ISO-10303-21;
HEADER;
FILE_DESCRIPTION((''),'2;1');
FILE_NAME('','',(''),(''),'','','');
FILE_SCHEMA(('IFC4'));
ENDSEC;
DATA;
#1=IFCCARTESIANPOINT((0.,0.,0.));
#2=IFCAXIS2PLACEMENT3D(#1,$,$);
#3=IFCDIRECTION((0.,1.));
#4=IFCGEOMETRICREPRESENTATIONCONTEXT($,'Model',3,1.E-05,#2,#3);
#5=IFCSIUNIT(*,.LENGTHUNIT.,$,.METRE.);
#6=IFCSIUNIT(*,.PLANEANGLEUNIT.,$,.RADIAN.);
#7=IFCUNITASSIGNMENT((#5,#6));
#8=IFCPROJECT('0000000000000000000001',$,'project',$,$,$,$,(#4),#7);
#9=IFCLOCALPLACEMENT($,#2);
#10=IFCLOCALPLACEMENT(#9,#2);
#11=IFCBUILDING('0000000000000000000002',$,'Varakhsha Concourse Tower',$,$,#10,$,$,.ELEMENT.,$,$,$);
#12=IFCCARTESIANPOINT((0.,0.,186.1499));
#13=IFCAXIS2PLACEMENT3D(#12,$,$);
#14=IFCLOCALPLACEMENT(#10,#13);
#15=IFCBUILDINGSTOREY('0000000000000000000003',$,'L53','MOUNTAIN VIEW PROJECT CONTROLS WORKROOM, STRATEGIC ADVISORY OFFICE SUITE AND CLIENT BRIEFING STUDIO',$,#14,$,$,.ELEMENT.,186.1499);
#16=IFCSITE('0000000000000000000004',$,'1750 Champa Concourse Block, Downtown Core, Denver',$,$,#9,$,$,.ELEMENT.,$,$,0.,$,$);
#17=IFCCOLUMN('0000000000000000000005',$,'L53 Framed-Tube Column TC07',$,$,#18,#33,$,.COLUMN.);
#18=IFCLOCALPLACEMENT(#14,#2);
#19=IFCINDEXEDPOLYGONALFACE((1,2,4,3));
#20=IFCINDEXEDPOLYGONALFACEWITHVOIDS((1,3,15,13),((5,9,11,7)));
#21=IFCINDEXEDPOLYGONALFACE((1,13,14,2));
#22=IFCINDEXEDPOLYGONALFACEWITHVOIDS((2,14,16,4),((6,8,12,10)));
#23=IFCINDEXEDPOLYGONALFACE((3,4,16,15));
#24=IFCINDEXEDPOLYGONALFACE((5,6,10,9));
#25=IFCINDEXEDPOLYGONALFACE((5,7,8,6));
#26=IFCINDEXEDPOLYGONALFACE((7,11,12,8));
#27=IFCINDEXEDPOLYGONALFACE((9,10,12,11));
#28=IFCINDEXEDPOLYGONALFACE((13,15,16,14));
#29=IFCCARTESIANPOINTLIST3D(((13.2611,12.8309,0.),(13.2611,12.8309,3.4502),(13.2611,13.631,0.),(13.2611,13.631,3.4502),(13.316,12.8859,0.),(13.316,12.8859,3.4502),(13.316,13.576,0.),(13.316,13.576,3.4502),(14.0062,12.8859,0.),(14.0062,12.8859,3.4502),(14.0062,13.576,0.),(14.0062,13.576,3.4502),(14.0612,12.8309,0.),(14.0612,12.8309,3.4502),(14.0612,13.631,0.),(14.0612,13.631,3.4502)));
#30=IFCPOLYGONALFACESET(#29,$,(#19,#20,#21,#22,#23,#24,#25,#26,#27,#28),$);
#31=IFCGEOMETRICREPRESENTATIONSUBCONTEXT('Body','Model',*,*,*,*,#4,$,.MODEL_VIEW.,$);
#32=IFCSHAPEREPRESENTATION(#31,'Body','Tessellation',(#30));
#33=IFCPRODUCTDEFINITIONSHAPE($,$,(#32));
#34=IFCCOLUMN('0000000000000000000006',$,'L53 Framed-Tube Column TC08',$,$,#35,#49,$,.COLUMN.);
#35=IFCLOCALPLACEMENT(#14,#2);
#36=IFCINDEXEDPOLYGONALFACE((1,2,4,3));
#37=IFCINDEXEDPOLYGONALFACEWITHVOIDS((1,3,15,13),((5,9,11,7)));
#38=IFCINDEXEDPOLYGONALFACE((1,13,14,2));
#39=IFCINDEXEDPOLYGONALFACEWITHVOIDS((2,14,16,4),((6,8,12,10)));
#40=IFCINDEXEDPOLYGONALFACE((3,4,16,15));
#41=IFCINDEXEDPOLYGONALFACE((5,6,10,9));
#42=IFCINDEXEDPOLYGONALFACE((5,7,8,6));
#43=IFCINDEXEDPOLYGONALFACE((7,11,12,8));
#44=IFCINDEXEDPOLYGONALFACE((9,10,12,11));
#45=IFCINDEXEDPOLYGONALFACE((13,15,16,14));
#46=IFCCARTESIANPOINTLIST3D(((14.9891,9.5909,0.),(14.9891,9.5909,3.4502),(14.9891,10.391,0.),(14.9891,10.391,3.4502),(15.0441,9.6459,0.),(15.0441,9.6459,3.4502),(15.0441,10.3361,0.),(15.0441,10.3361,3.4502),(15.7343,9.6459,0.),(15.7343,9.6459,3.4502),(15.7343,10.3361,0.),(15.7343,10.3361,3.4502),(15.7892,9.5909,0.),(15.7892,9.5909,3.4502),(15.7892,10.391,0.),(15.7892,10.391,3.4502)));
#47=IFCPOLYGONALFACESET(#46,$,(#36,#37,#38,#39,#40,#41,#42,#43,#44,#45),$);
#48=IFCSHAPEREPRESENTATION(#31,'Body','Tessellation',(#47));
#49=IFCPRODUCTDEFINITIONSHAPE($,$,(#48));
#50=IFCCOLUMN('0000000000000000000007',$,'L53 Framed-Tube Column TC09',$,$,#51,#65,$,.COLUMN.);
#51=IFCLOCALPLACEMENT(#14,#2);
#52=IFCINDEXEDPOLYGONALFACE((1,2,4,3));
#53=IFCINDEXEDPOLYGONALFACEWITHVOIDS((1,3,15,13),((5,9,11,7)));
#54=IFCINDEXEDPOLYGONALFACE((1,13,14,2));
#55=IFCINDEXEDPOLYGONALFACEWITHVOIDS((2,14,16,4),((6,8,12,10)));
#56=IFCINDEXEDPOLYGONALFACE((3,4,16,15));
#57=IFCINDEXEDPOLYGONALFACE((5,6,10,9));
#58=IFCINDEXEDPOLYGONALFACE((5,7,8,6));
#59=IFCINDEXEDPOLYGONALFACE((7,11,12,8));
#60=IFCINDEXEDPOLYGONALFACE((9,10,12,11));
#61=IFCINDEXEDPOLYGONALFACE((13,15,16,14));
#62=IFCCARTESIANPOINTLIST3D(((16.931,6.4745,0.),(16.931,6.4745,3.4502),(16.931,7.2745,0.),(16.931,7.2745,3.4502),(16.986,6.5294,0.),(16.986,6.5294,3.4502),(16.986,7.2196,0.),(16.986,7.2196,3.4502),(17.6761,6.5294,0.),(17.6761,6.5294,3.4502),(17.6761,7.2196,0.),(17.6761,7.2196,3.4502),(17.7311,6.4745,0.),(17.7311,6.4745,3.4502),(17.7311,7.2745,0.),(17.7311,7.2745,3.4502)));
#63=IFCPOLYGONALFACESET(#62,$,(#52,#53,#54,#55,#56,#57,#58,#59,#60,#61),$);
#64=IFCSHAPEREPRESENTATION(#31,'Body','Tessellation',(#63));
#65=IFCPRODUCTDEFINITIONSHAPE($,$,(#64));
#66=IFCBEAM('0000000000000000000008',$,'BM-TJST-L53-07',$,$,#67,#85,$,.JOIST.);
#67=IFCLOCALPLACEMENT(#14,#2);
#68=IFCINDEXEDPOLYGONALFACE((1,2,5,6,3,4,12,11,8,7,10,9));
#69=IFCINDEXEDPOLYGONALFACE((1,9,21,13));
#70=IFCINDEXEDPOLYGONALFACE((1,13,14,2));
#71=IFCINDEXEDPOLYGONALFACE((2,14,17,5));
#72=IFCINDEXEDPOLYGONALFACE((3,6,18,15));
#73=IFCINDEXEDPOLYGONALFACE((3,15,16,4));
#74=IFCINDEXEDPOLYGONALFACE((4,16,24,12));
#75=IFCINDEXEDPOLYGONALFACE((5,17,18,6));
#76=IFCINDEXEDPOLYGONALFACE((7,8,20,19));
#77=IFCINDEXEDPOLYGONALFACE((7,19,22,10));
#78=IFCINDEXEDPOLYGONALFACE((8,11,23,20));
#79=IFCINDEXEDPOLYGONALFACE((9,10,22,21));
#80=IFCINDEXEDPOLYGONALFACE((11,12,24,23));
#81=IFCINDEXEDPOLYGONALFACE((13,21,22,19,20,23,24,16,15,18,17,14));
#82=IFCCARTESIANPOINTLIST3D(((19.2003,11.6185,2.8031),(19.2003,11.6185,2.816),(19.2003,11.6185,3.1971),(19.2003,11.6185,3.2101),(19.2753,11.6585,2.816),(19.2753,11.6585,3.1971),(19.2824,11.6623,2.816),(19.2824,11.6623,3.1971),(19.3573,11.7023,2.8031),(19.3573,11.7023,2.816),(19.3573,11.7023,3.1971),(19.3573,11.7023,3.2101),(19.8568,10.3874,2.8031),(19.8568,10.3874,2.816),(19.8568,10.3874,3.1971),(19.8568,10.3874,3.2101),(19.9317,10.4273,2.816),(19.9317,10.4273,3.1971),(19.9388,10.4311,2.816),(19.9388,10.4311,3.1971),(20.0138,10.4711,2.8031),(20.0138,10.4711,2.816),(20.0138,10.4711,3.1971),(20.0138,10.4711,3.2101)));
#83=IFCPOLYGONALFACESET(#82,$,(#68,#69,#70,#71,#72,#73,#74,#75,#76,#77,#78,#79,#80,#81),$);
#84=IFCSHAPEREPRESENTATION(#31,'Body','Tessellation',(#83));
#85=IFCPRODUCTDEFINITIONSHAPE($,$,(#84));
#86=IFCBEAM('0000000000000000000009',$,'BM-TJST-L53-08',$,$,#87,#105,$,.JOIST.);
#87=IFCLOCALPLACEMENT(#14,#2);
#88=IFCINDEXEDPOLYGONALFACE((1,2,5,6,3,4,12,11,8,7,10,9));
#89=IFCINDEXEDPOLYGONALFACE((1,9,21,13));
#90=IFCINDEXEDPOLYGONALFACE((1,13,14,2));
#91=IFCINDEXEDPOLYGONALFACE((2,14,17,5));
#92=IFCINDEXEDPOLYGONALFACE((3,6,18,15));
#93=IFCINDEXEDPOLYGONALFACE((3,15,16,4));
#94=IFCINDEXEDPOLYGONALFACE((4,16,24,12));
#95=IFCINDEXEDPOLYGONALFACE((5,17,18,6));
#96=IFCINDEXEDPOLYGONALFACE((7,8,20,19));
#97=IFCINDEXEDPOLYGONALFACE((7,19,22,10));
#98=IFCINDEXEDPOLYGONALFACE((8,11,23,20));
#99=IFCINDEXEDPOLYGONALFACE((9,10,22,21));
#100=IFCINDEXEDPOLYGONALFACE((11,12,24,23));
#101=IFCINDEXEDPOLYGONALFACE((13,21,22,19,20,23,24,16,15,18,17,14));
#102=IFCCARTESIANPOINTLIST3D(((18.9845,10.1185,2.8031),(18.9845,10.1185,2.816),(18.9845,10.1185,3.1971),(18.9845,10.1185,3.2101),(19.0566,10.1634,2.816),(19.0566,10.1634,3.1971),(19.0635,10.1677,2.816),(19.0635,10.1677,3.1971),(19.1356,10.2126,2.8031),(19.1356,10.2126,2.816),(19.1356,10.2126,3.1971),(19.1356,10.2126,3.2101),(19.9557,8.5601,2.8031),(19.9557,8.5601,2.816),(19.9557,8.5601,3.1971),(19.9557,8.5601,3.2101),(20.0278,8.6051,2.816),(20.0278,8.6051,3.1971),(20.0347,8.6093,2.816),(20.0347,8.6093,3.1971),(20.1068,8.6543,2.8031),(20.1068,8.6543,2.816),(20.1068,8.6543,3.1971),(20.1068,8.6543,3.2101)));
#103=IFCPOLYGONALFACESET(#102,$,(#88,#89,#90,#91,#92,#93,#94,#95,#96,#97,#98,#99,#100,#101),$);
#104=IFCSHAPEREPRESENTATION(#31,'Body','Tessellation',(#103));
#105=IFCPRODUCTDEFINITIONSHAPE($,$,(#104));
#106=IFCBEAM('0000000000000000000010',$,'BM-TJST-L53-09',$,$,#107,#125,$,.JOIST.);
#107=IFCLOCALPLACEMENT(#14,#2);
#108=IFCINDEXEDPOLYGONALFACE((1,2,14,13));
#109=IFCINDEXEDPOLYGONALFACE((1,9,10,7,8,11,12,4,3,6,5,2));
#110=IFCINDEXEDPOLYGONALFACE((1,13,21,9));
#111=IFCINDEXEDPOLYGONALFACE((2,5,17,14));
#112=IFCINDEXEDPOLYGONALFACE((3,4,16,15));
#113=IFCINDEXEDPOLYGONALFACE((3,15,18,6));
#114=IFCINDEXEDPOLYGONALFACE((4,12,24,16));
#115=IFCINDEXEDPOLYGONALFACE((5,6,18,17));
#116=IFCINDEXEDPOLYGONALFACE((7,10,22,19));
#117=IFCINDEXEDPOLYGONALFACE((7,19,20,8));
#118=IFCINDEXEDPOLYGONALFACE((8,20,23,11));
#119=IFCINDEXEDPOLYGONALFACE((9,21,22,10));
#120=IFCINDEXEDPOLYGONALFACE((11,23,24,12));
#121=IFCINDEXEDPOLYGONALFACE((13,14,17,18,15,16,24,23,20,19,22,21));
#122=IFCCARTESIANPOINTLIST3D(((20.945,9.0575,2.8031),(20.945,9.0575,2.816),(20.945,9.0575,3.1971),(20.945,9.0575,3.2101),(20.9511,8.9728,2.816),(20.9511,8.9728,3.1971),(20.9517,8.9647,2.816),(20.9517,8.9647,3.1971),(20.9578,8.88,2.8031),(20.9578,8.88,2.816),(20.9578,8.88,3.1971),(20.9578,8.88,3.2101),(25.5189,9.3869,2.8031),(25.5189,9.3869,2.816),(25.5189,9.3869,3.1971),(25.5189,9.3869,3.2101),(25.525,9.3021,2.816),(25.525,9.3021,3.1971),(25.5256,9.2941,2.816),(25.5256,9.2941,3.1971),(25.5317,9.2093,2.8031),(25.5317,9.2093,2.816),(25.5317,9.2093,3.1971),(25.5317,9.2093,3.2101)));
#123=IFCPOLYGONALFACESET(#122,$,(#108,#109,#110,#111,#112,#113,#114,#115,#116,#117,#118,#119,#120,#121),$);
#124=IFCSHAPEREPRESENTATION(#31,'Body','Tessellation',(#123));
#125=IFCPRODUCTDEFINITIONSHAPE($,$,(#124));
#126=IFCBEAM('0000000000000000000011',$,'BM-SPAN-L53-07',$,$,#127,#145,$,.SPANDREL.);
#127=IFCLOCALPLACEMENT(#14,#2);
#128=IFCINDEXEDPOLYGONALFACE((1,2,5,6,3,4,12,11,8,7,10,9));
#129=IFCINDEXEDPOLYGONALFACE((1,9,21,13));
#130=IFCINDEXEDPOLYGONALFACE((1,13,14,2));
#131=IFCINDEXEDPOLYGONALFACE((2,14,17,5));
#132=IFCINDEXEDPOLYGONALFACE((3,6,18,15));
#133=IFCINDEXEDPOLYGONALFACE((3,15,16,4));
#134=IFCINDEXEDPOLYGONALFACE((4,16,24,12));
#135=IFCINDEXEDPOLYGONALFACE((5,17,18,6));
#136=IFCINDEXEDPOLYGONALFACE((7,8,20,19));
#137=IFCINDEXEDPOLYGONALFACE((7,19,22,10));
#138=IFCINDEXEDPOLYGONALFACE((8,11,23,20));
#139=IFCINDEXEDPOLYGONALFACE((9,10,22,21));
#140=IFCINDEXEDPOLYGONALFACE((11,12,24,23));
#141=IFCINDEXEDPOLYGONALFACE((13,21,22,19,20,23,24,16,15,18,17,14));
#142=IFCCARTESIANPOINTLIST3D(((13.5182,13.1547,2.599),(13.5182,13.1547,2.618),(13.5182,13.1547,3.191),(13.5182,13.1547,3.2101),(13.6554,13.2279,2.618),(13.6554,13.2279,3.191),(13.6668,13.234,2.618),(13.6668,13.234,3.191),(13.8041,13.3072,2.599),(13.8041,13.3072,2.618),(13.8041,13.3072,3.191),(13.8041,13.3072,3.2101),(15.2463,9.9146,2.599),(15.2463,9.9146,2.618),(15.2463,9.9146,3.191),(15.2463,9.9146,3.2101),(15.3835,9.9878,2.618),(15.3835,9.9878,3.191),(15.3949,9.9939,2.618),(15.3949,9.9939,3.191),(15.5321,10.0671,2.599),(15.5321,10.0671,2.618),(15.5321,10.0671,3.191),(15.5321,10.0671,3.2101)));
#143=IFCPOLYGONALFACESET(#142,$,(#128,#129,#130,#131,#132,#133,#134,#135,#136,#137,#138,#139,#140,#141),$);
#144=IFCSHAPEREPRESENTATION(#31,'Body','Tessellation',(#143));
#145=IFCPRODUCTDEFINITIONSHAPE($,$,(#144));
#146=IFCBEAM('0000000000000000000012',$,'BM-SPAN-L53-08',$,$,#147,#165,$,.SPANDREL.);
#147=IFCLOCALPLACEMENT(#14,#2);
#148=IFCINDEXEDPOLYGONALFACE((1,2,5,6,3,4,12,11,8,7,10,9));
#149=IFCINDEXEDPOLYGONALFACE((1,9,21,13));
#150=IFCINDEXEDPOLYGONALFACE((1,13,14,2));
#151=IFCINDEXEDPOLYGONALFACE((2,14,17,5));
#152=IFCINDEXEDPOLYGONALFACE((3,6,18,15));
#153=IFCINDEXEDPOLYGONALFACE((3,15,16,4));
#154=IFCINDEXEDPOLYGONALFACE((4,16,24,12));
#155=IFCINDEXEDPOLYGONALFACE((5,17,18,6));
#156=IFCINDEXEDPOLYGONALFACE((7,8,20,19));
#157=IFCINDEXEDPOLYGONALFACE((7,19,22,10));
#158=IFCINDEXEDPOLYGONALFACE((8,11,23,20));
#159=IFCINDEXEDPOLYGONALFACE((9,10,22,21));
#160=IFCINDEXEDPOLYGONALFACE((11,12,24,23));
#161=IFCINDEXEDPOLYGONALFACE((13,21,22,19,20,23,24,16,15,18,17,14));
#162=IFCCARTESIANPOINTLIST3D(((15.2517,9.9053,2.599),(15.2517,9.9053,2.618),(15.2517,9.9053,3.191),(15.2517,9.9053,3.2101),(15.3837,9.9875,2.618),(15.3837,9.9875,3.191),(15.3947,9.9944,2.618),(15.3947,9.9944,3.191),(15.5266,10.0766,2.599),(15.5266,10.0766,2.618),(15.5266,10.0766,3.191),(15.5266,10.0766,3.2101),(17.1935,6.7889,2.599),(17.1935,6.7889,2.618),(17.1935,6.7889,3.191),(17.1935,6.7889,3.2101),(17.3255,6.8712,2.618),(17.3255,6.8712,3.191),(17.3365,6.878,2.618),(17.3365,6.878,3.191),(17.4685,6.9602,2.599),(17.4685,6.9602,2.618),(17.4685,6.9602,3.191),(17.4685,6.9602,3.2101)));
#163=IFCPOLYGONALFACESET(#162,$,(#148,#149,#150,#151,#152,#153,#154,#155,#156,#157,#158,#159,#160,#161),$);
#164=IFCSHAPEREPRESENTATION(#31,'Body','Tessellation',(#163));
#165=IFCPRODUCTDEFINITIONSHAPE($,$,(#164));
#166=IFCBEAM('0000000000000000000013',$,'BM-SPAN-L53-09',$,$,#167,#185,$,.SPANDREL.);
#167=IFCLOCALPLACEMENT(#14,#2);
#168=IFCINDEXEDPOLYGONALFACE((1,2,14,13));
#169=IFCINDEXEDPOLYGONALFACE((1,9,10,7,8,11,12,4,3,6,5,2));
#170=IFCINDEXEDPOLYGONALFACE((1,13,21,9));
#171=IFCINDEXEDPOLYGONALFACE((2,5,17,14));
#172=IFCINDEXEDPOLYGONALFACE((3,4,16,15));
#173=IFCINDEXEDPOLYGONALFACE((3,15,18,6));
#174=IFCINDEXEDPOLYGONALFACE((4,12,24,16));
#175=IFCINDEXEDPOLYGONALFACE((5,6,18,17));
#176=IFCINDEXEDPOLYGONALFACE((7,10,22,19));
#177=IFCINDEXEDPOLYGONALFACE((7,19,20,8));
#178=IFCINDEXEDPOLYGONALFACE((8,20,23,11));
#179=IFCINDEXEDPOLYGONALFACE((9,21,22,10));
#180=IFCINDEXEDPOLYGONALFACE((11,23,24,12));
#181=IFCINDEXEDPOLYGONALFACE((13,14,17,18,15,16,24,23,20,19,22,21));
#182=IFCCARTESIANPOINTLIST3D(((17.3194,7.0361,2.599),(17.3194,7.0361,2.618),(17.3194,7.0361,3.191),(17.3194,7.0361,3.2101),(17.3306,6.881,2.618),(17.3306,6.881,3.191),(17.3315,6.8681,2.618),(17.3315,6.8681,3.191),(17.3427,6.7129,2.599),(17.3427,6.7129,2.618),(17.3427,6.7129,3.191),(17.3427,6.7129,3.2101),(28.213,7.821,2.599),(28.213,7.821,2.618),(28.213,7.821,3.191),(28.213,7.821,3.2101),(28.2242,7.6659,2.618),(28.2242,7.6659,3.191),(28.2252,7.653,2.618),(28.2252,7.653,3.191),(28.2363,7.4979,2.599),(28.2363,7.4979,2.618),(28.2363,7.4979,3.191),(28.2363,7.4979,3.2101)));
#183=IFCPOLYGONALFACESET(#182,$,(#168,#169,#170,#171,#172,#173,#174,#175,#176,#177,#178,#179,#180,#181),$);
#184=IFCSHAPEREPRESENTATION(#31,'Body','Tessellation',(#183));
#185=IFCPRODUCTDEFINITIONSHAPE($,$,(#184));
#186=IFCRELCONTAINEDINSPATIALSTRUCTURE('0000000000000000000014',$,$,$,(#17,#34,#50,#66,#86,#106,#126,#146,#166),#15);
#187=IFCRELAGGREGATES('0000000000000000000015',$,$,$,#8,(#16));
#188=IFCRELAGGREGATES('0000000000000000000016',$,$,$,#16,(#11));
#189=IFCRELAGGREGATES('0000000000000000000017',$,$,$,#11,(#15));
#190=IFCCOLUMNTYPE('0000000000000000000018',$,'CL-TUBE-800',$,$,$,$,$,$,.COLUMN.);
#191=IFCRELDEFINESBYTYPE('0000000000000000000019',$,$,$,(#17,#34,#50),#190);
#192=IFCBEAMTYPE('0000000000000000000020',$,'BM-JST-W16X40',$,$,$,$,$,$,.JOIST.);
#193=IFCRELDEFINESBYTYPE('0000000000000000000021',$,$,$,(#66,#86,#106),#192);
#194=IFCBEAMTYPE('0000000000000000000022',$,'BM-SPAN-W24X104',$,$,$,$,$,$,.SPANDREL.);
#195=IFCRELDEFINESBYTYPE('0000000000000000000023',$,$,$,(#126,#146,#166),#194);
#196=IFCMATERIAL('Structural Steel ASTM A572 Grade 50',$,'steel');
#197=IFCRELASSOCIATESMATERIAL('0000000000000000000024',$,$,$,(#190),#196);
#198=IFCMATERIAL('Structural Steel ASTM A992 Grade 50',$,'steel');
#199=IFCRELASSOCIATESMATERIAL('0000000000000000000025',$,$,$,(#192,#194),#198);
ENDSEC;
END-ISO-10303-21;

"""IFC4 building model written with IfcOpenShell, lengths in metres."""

from ifc_helpers import new_model, si_unit, direction, frame, origin, origin_2d, place, context, subcontext, project, spatial, hollow_rectangle, i_section, extrude, material, material_profile, profile_set, type_object, element, save


model = new_model("IFC4")

# Units and contexts
model_context = context("Model", 3, precision=1e-05, world=origin(), true_north=direction((0.0, 1.0)))
body_context = subcontext(model_context, "Body", "Model", "MODEL_VIEW")
ifc_project = project(units=[si_unit("LENGTHUNIT", "METRE"), si_unit("PLANEANGLEUNIT", "RADIAN")], contexts=[model_context])

# Site, building, storey
site_placement = place(None, origin())
site = spatial("IfcSite", under=ifc_project, at=site_placement, Name="1750 Champa Concourse Block, Downtown Core, Denver", CompositionType="ELEMENT", RefElevation=0.0)
building_placement = place(site_placement, origin())
building = spatial("IfcBuilding", under=site, at=building_placement, Name="Varakhsha Concourse Tower", CompositionType="ELEMENT")
storey_placement = place(building_placement, frame((0.0, 0.0, 186.1499)))
storey = spatial("IfcBuildingStorey", under=building, at=storey_placement, Name="L53", Description="MOUNTAIN VIEW PROJECT CONTROLS WORKROOM, STRATEGIC ADVISORY OFFICE SUITE AND CLIENT BRIEFING STUDIO", CompositionType="ELEMENT", Elevation=186.1499)

# Columns
ifc_material_1 = material(Name="Structural Steel ASTM A572 Grade 50", Category="steel")
ifc_material_profile_1 = material_profile(ifc_material_1, hollow_rectangle(XDim=0.8, YDim=0.8, WallThickness=0.0549, at=origin_2d()), Name="BOX 800x800x55")
ifc_profile_set_1 = profile_set([ifc_material_profile_1], Name="Structural Steel ASTM A572 Grade 50")
column_type = type_object("IfcColumnType", Name="CL-TUBE-800", PredefinedType="COLUMN", material=ifc_profile_set_1)
for number, where, z_axis, x_axis, name in (
    (1, (13.6611, 13.231, 0.0), (0.0, 0.0, 1.0), (1.0, 0.0, 0.0), "L53 Framed-Tube Column TC07"),
    (2, (15.3892, 9.991, 0.0), (0.0, 0.0, 1.0), (1.0, 0.0, 0.0), "L53 Framed-Tube Column TC08"),
    (3, (17.3311, 6.8745, 0.0), (0.0, 0.0, 1.0), (1.0, 0.0, 0.0), "L53 Framed-Tube Column TC09"),
):
    element("IfcColumn", number, at=place(storey_placement, frame(where, z_axis=z_axis, x_axis=x_axis)), inside=storey, type_object=column_type, Name=name, PredefinedType="COLUMN", context=body_context, shape_type="SweptSolid", body=[
        extrude(hollow_rectangle(XDim=0.8, YDim=0.8, WallThickness=0.0549, at=origin_2d()), origin(), (0.0, 0.0, 1.0), 3.4502),
    ])

# Beams
ifc_material_2 = material(Name="Structural Steel ASTM A992 Grade 50", Category="steel")
ifc_material_profile_2 = material_profile(ifc_material_2, i_section(OverallWidth=0.178, OverallDepth=0.407, WebThickness=0.0081, FlangeThickness=0.0129, at=origin_2d()), Name="W16X40")
ifc_profile_set_2 = profile_set([ifc_material_profile_2], Name="Structural Steel ASTM A992 Grade 50")
beam_type_1 = type_object("IfcBeamType", Name="BM-JST-W16X40", PredefinedType="JOIST", material=ifc_profile_set_2)
beam_1_placement = place(storey_placement, frame((19.2788, 11.6604, 3.0066), z_axis=(0.470506, -0.882397, 0.0), x_axis=(0.882397, 0.470506, 0.0)))
element("IfcBeam", 4, at=beam_1_placement, inside=storey, type_object=beam_type_1, Name="BM-TJST-L53-07", PredefinedType="JOIST", context=body_context, shape_type="SweptSolid", body=[
    extrude(i_section(OverallWidth=0.178, OverallDepth=0.407, WebThickness=0.0081, FlangeThickness=0.0129, at=origin_2d()), origin(), (0.0, 0.0, 1.0), 1.3953),
])
beam_2_placement = place(storey_placement, frame((19.0601, 10.1655, 3.0066), z_axis=(0.528911, -0.848677, 0.0), x_axis=(0.848677, 0.528911, 0.0)))
element("IfcBeam", 5, at=beam_2_placement, inside=storey, type_object=beam_type_1, Name="BM-TJST-L53-08", PredefinedType="JOIST", context=body_context, shape_type="SweptSolid", body=[
    extrude(i_section(OverallWidth=0.178, OverallDepth=0.407, WebThickness=0.0081, FlangeThickness=0.0129, at=origin_2d()), origin(), (0.0, 0.0, 1.0), 1.8362),
])
beam_3_placement = place(storey_placement, frame((20.9514, 8.9688, 3.0066), z_axis=(0.997417, 0.071822, 0.0), x_axis=(-0.071822, 0.997417, 0.0)))
element("IfcBeam", 6, at=beam_3_placement, inside=storey, type_object=beam_type_1, Name="BM-TJST-L53-09", PredefinedType="JOIST", context=body_context, shape_type="SweptSolid", body=[
    extrude(i_section(OverallWidth=0.178, OverallDepth=0.407, WebThickness=0.0081, FlangeThickness=0.0129, at=origin_2d()), origin(), (0.0, 0.0, 1.0), 4.5857),
])
ifc_material_profile_3 = material_profile(ifc_material_2, i_section(OverallWidth=0.324, OverallDepth=0.6111, WebThickness=0.0129, FlangeThickness=0.019, at=origin_2d()), Name="W24X104")
ifc_profile_set_3 = profile_set([ifc_material_profile_3], Name="Structural Steel ASTM A992 Grade 50")
beam_type_2 = type_object("IfcBeamType", Name="BM-SPAN-W24X104", PredefinedType="SPANDREL", material=ifc_profile_set_3)
beam_4_placement = place(storey_placement, frame((13.6611, 13.231, 2.9045), z_axis=(0.470595, -0.882349, 0.0), x_axis=(0.882349, 0.470595, 0.0)))
element("IfcBeam", 7, at=beam_4_placement, inside=storey, type_object=beam_type_2, Name="BM-SPAN-L53-07", PredefinedType="SPANDREL", context=body_context, shape_type="SweptSolid", body=[
    extrude(i_section(OverallWidth=0.324, OverallDepth=0.6111, WebThickness=0.0129, FlangeThickness=0.019, at=origin_2d()), origin(), (0.0, 0.0, 1.0), 3.6721),
])
beam_5_placement = place(storey_placement, frame((15.3892, 9.991, 2.9045), z_axis=(0.528845, -0.848718, 0.0), x_axis=(0.848718, 0.528845, 0.0)))
element("IfcBeam", 8, at=beam_5_placement, inside=storey, type_object=beam_type_2, Name="BM-SPAN-L53-08", PredefinedType="SPANDREL", context=body_context, shape_type="SweptSolid", body=[
    extrude(i_section(OverallWidth=0.324, OverallDepth=0.6111, WebThickness=0.0129, FlangeThickness=0.019, at=origin_2d()), origin(), (0.0, 0.0, 1.0), 3.6719),
])
beam_6_placement = place(storey_placement, frame((17.3311, 6.8745, 2.9045), z_axis=(0.997414, 0.071867, 0.0), x_axis=(-0.071867, 0.997414, 0.0)))
element("IfcBeam", 9, at=beam_6_placement, inside=storey, type_object=beam_type_2, Name="BM-SPAN-L53-09", PredefinedType="SPANDREL", context=body_context, shape_type="SweptSolid", body=[
    extrude(i_section(OverallWidth=0.324, OverallDepth=0.6111, WebThickness=0.0129, FlangeThickness=0.019, at=origin_2d()), origin(), (0.0, 0.0, 1.0), 10.9219),
])

save(model, "model.ifc")
